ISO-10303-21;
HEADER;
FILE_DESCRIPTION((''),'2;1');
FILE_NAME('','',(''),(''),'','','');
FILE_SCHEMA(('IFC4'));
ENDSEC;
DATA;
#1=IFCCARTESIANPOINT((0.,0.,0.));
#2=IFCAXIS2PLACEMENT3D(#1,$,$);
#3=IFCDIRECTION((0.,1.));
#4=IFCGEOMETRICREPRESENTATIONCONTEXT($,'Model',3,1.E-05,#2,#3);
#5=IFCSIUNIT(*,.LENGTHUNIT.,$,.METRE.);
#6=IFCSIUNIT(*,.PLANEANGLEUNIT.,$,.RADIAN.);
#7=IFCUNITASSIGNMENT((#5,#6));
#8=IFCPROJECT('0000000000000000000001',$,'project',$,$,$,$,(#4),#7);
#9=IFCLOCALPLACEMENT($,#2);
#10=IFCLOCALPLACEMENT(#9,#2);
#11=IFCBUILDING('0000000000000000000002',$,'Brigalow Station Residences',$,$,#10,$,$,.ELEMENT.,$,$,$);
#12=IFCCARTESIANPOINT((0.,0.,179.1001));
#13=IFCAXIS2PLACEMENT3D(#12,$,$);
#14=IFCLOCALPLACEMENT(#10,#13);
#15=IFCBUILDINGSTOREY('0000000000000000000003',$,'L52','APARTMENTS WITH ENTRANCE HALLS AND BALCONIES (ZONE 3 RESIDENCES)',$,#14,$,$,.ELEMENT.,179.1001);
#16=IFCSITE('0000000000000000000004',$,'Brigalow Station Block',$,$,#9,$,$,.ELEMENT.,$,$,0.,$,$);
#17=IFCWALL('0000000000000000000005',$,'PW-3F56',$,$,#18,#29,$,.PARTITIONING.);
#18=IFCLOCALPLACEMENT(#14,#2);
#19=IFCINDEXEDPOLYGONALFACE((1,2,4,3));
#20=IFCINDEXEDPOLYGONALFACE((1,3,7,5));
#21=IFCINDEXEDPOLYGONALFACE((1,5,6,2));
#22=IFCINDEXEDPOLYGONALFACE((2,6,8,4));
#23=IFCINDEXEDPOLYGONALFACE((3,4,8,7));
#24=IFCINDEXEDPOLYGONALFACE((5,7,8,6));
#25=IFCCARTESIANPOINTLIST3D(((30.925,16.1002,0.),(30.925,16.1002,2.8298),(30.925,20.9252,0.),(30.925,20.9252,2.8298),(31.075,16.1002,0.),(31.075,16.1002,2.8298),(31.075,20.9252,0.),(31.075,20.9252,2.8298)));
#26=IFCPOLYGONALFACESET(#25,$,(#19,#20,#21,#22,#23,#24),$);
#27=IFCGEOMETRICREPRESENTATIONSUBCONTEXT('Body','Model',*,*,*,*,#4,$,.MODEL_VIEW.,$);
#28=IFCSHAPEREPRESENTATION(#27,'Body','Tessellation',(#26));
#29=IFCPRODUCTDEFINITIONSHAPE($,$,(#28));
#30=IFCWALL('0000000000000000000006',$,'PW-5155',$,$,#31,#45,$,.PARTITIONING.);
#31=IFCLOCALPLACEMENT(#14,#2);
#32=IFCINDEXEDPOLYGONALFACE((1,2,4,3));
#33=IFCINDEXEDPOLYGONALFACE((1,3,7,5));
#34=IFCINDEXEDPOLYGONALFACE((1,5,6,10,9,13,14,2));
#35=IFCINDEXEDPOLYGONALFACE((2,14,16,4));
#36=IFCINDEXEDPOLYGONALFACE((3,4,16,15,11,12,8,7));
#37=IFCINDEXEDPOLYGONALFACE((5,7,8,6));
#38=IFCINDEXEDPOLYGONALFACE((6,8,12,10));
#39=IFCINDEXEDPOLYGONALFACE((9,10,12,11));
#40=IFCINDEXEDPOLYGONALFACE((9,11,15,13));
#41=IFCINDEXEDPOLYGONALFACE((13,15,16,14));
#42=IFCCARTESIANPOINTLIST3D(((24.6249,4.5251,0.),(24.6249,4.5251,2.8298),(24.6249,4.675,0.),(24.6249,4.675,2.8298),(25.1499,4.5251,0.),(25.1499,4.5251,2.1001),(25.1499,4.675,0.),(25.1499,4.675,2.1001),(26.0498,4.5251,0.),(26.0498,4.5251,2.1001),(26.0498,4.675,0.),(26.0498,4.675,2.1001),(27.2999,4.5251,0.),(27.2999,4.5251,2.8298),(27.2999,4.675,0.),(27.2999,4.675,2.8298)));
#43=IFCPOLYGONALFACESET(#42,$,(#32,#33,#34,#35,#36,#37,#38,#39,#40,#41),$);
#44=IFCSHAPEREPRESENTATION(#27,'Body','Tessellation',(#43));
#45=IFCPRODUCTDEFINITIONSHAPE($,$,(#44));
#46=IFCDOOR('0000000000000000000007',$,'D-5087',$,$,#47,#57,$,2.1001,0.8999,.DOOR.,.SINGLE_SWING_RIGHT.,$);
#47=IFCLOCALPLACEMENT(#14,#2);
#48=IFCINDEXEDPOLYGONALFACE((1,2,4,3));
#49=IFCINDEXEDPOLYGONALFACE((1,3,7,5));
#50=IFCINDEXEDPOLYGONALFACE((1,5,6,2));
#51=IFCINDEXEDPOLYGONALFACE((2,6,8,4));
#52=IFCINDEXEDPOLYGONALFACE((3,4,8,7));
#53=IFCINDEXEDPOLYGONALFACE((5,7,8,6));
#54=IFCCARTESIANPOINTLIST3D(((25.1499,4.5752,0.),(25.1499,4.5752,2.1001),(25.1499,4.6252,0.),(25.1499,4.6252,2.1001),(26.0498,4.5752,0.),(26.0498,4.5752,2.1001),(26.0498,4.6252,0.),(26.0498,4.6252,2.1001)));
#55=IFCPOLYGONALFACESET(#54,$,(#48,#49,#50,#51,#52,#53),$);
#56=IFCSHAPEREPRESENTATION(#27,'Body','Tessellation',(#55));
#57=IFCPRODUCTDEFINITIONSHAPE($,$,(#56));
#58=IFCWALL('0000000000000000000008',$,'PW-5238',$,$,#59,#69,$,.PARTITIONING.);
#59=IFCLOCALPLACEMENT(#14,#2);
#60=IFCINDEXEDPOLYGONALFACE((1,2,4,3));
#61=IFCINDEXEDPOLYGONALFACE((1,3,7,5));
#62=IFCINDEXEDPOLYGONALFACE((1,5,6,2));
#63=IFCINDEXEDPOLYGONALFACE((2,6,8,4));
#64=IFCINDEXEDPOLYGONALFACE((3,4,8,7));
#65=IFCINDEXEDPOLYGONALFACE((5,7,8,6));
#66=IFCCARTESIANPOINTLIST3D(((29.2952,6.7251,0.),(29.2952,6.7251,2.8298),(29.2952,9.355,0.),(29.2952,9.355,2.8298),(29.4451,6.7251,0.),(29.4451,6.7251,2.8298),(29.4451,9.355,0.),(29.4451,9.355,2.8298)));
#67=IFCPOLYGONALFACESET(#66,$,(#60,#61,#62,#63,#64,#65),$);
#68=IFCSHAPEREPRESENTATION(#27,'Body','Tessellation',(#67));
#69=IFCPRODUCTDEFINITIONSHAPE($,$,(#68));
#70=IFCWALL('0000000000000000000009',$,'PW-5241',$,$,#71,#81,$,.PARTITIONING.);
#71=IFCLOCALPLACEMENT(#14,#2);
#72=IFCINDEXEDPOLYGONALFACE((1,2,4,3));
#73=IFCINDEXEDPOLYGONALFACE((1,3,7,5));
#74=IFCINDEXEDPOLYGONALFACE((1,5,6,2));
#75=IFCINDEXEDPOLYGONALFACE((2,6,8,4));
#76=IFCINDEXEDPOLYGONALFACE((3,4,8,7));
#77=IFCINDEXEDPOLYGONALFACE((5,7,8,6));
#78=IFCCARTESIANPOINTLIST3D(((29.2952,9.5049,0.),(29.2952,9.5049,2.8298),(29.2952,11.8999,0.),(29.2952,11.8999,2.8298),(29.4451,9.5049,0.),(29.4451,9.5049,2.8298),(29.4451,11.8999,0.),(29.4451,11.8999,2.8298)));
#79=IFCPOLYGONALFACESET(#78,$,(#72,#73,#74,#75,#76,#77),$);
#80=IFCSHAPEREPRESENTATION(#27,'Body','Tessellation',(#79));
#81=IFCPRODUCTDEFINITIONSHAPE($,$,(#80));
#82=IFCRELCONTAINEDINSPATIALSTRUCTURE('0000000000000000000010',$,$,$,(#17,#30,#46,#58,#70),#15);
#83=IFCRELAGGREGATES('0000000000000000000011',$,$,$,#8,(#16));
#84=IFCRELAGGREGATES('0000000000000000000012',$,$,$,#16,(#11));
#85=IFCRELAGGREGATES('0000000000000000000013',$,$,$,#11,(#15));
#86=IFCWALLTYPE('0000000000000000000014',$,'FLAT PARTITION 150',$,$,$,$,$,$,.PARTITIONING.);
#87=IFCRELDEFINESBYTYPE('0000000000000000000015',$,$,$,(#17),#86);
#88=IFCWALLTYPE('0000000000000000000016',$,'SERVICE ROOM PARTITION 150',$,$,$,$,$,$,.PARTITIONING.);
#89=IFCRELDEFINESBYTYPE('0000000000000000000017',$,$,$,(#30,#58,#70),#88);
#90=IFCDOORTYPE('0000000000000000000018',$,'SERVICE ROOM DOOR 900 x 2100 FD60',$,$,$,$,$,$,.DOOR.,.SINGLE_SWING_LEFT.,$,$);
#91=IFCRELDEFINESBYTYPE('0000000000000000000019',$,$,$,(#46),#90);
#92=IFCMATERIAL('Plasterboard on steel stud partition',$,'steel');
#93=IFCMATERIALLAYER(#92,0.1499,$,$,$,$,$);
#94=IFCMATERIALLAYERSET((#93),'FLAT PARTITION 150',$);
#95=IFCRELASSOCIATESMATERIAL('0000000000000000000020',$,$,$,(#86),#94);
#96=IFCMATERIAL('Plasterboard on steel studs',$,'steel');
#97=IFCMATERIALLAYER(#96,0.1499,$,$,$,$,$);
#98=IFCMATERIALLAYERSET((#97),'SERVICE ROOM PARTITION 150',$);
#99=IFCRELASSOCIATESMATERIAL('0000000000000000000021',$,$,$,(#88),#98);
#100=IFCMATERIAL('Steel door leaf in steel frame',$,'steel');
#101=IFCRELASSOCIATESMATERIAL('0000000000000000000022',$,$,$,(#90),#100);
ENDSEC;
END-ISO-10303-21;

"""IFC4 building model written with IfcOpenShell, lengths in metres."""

from ifc_helpers import new_model, si_unit, direction, frame, frame_2d, origin, place, context, subcontext, project, spatial, rectangle, extrude, material, layer, layer_set, type_object, element, fill, save


model = new_model("IFC4")

# Units and contexts
model_context = context("Model", 3, precision=1e-05, world=origin(), true_north=direction((0.0, 1.0)))
body_context = subcontext(model_context, "Body", "Model", "MODEL_VIEW")
ifc_project = project(units=[si_unit("LENGTHUNIT", "METRE"), si_unit("PLANEANGLEUNIT", "RADIAN")], contexts=[model_context])

# Site, building, storey
site_placement = place(None, origin())
site = spatial("IfcSite", under=ifc_project, at=site_placement, Name="Brigalow Station Block", CompositionType="ELEMENT", RefElevation=0.0)
building_placement = place(site_placement, origin())
building = spatial("IfcBuilding", under=site, at=building_placement, Name="Brigalow Station Residences", CompositionType="ELEMENT")
storey_placement = place(building_placement, frame((0.0, 0.0, 179.1001)))
storey = spatial("IfcBuildingStorey", under=building, at=storey_placement, Name="L52", Description="APARTMENTS WITH ENTRANCE HALLS AND BALCONIES (ZONE 3 RESIDENCES)", CompositionType="ELEMENT", Elevation=179.1001)

# Wall
ifc_material_1 = material(Name="Plasterboard on steel stud partition", Category="steel")
ifc_layer_1 = layer(ifc_material_1, 0.1499)
ifc_layer_set_1 = layer_set([ifc_layer_1], Name="FLAT PARTITION 150")
wall_type_1 = type_object("IfcWallType", Name="FLAT PARTITION 150", PredefinedType="PARTITIONING", material=ifc_layer_set_1)
for number, where, z_axis, x_axis, name in (
    (1, (31.0, 16.1001, 0.0), (0.0, 0.0, 1.0), (0.0, 1.0, 0.0), "PW-3F56"),
):
    element("IfcWall", number, at=place(storey_placement, frame(where, z_axis=z_axis, x_axis=x_axis)), inside=storey, type_object=wall_type_1, Name=name, PredefinedType="PARTITIONING", context=body_context, shape_type="SweptSolid", body=[
        extrude(rectangle(XDim=4.825, YDim=0.1499, at=frame_2d((2.4126, 0.0))), origin(), (0.0, 0.0, 1.0), 2.8298),
    ])

# Wall, opening, door
ifc_material_2 = material(Name="Plasterboard on steel studs", Category="steel")
ifc_layer_2 = layer(ifc_material_2, 0.1499)
ifc_layer_set_2 = layer_set([ifc_layer_2], Name="SERVICE ROOM PARTITION 150")
wall_type_2 = type_object("IfcWallType", Name="SERVICE ROOM PARTITION 150", PredefinedType="PARTITIONING", material=ifc_layer_set_2)
wall_1_placement = place(storey_placement, frame((24.625, 4.6001, 0.0), z_axis=(0.0, 0.0, 1.0), x_axis=(1.0, 0.0, 0.0)))
wall_1 = element("IfcWall", 2, at=wall_1_placement, inside=storey, type_object=wall_type_2, Name="PW-5155", PredefinedType="PARTITIONING", context=body_context, shape_type="SweptSolid", body=[
    extrude(rectangle(XDim=2.675, YDim=0.1499, at=frame_2d((1.3374, 0.0))), origin(), (0.0, 0.0, 1.0), 2.8298),
])
opening_1_placement = place(wall_1_placement, frame((0.5249, 0.0, 0.0)))
opening_1 = element("IfcOpeningElement", 3, at=opening_1_placement, cuts=wall_1, PredefinedType="OPENING", context=body_context, shape_type="SweptSolid", body=[
    extrude(rectangle(XDim=0.8999, YDim=2.1001, at=frame_2d((0.45, 1.05))), frame((0.0, 0.085, 0.0), z_axis=(0.0, -1.0, 0.0), x_axis=(1.0, 0.0, 0.0)), (0.0, 0.0, 1.0), 0.1699),
])
ifc_material_3 = material(Name="Steel door leaf in steel frame", Category="steel")
door_type_1 = type_object("IfcDoorType", Name="SERVICE ROOM DOOR 900 x 2100 FD60", OperationType="SINGLE_SWING_LEFT", PredefinedType="DOOR", material=ifc_material_3)
door_1_placement = place(opening_1_placement, frame((0.8999, 0.0, 0.0), z_axis=(0.0, 0.0, 1.0), x_axis=(-1.0, 0.0, 0.0)))
door_1 = element("IfcDoor", 4, at=door_1_placement, inside=storey, type_object=door_type_1, Name="D-5087", OperationType="SINGLE_SWING_RIGHT", OverallHeight=2.1001, OverallWidth=0.8999, PredefinedType="DOOR", context=body_context, shape_type="SweptSolid", body=[
    extrude(rectangle(XDim=0.8999, YDim=2.1001, at=frame_2d((0.45, 1.05))), frame((0.0, 0.0249, 0.0), z_axis=(0.0, -1.0, 0.0), x_axis=(1.0, 0.0, 0.0)), (0.0, 0.0, 1.0), 0.05),
])
fill(opening_1, door_1)

# Walls
wall_2_placement = place(storey_placement, frame((29.3701, 6.7251, 0.0), z_axis=(0.0, 0.0, 1.0), x_axis=(0.0, 1.0, 0.0)))
element("IfcWall", 5, at=wall_2_placement, inside=storey, type_object=wall_type_2, Name="PW-5238", PredefinedType="PARTITIONING", context=body_context, shape_type="SweptSolid", body=[
    extrude(rectangle(XDim=2.6299, YDim=0.1499, at=frame_2d((1.3149, 0.0))), origin(), (0.0, 0.0, 1.0), 2.8298),
])
wall_3_placement = place(storey_placement, frame((29.3701, 9.5049, 0.0), z_axis=(0.0, 0.0, 1.0), x_axis=(0.0, 1.0, 0.0)))
element("IfcWall", 6, at=wall_3_placement, inside=storey, type_object=wall_type_2, Name="PW-5241", PredefinedType="PARTITIONING", context=body_context, shape_type="SweptSolid", body=[
    extrude(rectangle(XDim=2.395, YDim=0.1499, at=frame_2d((1.1975, 0.0))), origin(), (0.0, 0.0, 1.0), 2.8298),
])

save(model, "model.ifc")
